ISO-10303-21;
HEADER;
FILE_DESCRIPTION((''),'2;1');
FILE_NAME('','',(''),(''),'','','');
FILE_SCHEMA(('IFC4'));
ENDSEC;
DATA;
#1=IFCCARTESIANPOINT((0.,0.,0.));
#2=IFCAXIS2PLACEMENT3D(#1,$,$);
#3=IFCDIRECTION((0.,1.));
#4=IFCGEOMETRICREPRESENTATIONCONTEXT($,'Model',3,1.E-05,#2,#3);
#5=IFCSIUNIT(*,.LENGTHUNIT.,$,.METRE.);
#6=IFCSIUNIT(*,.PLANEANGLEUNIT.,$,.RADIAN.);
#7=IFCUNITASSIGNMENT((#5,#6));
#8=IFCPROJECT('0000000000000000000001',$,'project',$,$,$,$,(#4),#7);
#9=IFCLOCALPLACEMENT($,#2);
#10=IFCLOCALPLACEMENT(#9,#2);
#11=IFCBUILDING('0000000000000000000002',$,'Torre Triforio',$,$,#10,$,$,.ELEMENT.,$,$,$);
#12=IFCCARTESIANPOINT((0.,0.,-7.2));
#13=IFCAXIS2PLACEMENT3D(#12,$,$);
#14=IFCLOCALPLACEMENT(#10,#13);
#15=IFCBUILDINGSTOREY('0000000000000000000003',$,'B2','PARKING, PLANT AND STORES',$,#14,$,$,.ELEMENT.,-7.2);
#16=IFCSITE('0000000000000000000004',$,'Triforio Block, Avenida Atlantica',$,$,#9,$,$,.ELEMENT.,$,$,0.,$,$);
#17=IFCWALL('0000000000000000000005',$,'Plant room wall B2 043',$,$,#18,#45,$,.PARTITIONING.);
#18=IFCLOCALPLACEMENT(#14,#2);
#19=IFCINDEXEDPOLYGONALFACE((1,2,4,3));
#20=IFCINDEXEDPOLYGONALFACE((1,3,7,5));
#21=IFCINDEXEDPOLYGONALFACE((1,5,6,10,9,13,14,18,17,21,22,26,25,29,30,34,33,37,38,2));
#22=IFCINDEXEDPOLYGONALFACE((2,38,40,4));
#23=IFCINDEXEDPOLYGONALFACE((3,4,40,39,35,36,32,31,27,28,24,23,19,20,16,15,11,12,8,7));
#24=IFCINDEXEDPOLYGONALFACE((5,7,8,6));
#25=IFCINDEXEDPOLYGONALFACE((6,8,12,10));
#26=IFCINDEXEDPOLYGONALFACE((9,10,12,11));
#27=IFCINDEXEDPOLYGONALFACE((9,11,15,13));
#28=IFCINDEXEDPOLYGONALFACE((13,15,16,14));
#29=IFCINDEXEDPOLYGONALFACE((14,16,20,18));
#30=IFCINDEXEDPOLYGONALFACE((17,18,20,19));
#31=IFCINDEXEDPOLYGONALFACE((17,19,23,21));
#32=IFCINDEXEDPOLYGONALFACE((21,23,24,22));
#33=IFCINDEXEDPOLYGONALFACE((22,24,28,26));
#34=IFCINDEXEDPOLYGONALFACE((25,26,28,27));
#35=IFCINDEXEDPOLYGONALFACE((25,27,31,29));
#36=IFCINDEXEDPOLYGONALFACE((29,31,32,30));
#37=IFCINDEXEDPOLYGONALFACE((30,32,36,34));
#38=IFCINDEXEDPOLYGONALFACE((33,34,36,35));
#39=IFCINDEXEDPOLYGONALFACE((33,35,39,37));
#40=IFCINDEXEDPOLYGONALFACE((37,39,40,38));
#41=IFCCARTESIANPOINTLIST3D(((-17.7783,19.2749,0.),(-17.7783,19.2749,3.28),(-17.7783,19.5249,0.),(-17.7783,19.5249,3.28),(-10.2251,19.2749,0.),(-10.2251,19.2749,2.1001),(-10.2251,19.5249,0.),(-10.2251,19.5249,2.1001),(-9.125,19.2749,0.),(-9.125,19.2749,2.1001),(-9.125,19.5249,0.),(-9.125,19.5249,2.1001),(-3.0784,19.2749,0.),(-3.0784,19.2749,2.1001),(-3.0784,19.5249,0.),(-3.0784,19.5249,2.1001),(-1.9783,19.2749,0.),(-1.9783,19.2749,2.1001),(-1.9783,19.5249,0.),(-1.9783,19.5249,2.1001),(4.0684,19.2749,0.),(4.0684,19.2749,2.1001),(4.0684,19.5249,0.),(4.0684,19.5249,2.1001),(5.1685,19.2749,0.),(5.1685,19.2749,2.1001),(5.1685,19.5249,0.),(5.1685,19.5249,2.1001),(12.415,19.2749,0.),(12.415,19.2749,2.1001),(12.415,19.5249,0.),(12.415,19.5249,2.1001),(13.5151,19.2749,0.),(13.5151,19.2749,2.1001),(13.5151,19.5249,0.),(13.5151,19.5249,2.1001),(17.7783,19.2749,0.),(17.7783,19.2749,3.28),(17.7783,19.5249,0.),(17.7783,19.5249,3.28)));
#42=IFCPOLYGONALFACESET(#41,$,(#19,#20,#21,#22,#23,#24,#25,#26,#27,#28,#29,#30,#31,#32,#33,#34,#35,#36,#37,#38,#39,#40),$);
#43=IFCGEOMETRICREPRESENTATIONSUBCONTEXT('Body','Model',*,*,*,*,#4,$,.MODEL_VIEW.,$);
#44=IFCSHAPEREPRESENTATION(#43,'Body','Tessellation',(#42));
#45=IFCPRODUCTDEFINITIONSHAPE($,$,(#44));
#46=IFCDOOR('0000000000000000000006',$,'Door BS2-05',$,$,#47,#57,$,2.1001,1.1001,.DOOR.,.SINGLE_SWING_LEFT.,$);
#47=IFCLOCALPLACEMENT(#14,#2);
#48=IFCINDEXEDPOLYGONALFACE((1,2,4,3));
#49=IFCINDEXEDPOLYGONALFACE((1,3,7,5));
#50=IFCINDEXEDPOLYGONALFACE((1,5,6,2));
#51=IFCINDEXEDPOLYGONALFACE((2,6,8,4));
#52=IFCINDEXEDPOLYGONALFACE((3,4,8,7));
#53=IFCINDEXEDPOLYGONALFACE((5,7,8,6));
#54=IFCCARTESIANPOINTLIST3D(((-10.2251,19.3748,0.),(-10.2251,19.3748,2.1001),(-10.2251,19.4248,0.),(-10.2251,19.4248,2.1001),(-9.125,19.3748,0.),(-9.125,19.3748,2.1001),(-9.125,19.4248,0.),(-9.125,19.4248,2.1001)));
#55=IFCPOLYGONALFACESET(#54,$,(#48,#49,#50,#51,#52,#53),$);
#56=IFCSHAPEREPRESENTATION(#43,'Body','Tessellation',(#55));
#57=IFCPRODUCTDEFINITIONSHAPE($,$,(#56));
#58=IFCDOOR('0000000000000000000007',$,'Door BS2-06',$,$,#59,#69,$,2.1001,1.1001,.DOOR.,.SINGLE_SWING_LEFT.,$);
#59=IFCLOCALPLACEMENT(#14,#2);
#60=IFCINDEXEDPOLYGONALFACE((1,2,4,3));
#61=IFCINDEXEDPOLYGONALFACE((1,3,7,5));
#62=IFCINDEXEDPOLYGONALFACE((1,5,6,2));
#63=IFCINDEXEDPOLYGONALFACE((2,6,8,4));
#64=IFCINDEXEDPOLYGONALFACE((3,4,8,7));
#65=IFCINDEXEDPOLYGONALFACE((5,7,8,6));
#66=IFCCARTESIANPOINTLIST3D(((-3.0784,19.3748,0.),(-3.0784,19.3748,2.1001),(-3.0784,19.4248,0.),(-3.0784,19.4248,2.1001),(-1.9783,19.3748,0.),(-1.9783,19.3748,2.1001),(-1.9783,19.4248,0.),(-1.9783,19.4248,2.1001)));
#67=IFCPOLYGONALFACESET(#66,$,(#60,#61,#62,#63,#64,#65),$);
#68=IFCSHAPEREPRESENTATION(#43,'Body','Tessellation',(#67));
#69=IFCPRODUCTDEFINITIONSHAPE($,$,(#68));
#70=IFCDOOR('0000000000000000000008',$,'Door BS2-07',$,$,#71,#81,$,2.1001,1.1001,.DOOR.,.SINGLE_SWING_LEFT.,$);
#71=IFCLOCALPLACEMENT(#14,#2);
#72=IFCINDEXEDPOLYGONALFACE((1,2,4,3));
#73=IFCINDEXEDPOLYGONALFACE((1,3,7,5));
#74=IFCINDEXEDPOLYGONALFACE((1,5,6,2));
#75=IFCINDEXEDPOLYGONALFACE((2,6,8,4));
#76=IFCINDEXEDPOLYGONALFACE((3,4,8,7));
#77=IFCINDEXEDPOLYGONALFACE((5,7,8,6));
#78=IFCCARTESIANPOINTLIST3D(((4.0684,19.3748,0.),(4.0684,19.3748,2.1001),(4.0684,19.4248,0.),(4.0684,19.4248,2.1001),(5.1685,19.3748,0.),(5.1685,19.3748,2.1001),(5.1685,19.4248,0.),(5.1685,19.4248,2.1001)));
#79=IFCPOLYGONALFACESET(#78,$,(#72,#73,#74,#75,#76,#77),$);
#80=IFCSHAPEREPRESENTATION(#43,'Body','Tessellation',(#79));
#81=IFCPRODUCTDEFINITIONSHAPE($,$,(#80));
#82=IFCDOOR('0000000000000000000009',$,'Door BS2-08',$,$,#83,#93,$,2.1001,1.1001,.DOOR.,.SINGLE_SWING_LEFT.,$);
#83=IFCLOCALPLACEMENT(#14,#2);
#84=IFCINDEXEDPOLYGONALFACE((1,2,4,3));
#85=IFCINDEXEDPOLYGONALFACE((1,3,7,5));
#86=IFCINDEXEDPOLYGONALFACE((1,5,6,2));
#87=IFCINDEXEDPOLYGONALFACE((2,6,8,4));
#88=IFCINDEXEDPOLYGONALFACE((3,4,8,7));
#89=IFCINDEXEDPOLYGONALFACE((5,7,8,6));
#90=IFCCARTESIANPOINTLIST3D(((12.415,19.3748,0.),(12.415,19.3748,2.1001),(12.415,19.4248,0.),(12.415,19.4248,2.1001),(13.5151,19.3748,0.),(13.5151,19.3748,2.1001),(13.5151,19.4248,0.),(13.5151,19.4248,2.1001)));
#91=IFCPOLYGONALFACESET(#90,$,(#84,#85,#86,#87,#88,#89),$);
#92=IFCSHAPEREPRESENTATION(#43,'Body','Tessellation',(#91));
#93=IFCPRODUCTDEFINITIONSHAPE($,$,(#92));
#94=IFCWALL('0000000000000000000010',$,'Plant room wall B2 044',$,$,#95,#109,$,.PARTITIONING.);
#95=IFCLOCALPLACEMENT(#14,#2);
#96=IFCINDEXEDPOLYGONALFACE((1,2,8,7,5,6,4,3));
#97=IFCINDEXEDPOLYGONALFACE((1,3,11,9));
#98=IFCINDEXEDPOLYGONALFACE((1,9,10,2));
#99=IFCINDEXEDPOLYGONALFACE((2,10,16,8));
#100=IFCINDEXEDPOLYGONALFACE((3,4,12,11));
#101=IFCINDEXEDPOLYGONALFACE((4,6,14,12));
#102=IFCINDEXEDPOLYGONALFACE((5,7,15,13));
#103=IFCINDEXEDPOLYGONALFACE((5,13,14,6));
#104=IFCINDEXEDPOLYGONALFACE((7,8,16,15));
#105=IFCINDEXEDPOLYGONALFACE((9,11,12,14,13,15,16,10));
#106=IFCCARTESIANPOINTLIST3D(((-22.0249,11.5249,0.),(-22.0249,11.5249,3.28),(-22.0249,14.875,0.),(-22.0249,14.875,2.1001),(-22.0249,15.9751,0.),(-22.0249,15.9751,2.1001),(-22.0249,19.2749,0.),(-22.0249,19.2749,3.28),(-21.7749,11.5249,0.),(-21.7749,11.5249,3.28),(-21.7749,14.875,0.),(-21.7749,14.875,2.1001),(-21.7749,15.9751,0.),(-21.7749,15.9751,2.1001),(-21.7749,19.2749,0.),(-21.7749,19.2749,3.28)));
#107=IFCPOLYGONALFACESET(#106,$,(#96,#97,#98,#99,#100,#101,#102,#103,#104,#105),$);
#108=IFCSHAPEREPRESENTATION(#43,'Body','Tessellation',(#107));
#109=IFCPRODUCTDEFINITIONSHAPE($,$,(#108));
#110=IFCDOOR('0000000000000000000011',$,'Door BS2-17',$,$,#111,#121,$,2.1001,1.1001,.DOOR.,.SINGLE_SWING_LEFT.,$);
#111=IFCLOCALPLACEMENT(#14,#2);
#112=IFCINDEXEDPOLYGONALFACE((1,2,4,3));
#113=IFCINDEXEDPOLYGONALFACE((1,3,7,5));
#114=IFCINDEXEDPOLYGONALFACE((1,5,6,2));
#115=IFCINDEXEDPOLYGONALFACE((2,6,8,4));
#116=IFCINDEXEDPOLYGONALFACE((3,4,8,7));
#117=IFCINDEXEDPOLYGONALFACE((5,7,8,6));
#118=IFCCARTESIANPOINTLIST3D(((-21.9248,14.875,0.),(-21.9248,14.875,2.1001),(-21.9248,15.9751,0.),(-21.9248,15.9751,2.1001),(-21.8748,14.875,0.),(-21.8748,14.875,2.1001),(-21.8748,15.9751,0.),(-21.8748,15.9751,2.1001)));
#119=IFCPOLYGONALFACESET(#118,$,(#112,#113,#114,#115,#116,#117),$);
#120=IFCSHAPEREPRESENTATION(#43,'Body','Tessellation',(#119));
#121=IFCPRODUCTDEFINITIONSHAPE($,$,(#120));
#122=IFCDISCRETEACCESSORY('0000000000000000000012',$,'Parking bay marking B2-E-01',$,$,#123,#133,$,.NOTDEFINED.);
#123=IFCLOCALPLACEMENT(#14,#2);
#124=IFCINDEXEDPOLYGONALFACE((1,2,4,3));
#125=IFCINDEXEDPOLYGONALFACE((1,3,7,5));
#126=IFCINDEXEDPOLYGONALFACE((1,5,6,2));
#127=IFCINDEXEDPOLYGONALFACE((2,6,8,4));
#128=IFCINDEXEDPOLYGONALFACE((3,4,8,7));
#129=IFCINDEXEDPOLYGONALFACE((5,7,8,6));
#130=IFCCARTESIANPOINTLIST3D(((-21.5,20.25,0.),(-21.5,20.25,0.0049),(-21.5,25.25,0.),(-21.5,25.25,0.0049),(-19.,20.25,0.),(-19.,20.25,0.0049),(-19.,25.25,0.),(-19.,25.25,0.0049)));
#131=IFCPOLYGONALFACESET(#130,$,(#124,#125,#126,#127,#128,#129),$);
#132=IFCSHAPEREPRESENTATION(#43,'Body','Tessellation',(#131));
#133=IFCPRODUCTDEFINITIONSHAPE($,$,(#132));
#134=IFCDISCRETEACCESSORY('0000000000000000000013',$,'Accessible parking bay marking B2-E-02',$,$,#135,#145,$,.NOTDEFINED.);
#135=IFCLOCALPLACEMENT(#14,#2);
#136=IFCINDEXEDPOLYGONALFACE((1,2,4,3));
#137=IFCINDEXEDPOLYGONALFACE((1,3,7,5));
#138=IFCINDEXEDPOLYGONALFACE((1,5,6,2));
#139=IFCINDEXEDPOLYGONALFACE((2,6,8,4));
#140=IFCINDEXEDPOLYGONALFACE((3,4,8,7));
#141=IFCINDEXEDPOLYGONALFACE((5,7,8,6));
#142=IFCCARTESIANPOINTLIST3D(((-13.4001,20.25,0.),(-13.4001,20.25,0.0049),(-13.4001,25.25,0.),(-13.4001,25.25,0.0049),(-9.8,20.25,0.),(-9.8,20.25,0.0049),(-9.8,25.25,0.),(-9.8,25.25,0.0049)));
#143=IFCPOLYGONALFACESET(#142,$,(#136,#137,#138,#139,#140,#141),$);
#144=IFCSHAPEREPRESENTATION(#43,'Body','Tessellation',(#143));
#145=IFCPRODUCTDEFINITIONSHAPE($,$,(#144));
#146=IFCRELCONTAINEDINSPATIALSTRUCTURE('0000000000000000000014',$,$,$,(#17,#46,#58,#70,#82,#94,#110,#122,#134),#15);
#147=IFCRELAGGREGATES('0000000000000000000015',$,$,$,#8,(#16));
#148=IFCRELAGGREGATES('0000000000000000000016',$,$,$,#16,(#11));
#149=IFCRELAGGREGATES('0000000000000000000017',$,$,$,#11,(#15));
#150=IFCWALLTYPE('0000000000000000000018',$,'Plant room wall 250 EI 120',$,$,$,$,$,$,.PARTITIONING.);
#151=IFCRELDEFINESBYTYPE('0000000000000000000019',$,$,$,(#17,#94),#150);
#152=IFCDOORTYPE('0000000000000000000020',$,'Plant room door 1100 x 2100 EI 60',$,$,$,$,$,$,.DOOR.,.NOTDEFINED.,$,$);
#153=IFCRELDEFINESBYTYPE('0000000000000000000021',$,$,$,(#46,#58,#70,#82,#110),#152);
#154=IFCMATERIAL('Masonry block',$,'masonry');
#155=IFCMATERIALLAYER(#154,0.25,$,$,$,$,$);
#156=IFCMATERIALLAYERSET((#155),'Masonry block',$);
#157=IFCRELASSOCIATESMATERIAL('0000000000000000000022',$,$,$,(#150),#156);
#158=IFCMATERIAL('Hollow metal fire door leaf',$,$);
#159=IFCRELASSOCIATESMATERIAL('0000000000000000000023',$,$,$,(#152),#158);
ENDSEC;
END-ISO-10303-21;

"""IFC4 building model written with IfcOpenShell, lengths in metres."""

from ifc_helpers import new_model, si_unit, direction, frame, frame_2d, origin, origin_2d, place, context, subcontext, project, spatial, rectangle, extrude, material, layer, layer_set, type_object, element, fill, save


model = new_model("IFC4")

# Units and contexts
model_context = context("Model", 3, precision=1e-05, world=origin(), true_north=direction((0.0, 1.0)))
body_context = subcontext(model_context, "Body", "Model", "MODEL_VIEW")
ifc_project = project(units=[si_unit("LENGTHUNIT", "METRE"), si_unit("PLANEANGLEUNIT", "RADIAN")], contexts=[model_context])

# Site, building, storey
site_placement = place(None, origin())
site = spatial("IfcSite", under=ifc_project, at=site_placement, Name="Triforio Block, Avenida Atlantica", CompositionType="ELEMENT", RefElevation=0.0)
building_placement = place(site_placement, origin())
building = spatial("IfcBuilding", under=site, at=building_placement, Name="Torre Triforio", CompositionType="ELEMENT")
storey_placement = place(building_placement, frame((0.0, 0.0, -7.2)))
storey = spatial("IfcBuildingStorey", under=building, at=storey_placement, Name="B2", Description="PARKING, PLANT AND STORES", CompositionType="ELEMENT", Elevation=-7.2)

# Shared definitions
ifc_material_1 = material(Name="Masonry block", Category="masonry")
ifc_layer_1 = layer(ifc_material_1, 0.25)
ifc_layer_set_1 = layer_set([ifc_layer_1], Name="Masonry block")
wall_type_1 = type_object("IfcWallType", Name="Plant room wall 250 EI 120", PredefinedType="PARTITIONING", material=ifc_layer_set_1)

# Wall, openings, doors
wall_1_placement = place(storey_placement, frame((-17.7783, 19.3999, 0.0), z_axis=(0.0, 0.0, 1.0), x_axis=(1.0, 0.0, 0.0)))
wall_1 = element("IfcWall", 1, at=wall_1_placement, inside=storey, type_object=wall_type_1, Name="Plant room wall B2 043", PredefinedType="PARTITIONING", context=body_context, shape_type="SweptSolid", body=[
    extrude(rectangle(XDim=35.5566, YDim=0.25, at=frame_2d((17.7783, 0.0))), origin(), (0.0, 0.0, 1.0), 3.28),
])
opening_1_placement = place(wall_1_placement, frame((7.5532, 0.0, 0.0)))
opening_1 = element("IfcOpeningElement", 2, at=opening_1_placement, cuts=wall_1, PredefinedType="OPENING", context=body_context, shape_type="SweptSolid", body=[
    extrude(rectangle(XDim=1.1001, YDim=2.1001, at=frame_2d((0.55, 1.05))), frame((0.0, 0.135, 0.0), z_axis=(0.0, -1.0, 0.0), x_axis=(1.0, 0.0, 0.0)), (0.0, 0.0, 1.0), 0.27),
])
opening_2_placement = place(wall_1_placement, frame((14.7, 0.0, 0.0)))
opening_2 = element("IfcOpeningElement", 3, at=opening_2_placement, cuts=wall_1, PredefinedType="OPENING", context=body_context, shape_type="SweptSolid", body=[
    extrude(rectangle(XDim=1.1001, YDim=2.1001, at=frame_2d((0.55, 1.05))), frame((0.0, 0.135, 0.0), z_axis=(0.0, -1.0, 0.0), x_axis=(1.0, 0.0, 0.0)), (0.0, 0.0, 1.0), 0.27),
])
opening_3_placement = place(wall_1_placement, frame((21.8467, 0.0, 0.0)))
opening_3 = element("IfcOpeningElement", 4, at=opening_3_placement, cuts=wall_1, PredefinedType="OPENING", context=body_context, shape_type="SweptSolid", body=[
    extrude(rectangle(XDim=1.1001, YDim=2.1001, at=frame_2d((0.55, 1.05))), frame((0.0, 0.135, 0.0), z_axis=(0.0, -1.0, 0.0), x_axis=(1.0, 0.0, 0.0)), (0.0, 0.0, 1.0), 0.27),
])
opening_4_placement = place(wall_1_placement, frame((30.1934, 0.0, 0.0)))
opening_4 = element("IfcOpeningElement", 5, at=opening_4_placement, cuts=wall_1, PredefinedType="OPENING", context=body_context, shape_type="SweptSolid", body=[
    extrude(rectangle(XDim=1.1001, YDim=2.1001, at=frame_2d((0.55, 1.05))), frame((0.0, 0.135, 0.0), z_axis=(0.0, -1.0, 0.0), x_axis=(1.0, 0.0, 0.0)), (0.0, 0.0, 1.0), 0.27),
])
ifc_material_2 = material(Name="Hollow metal fire door leaf")
door_type = type_object("IfcDoorType", Name="Plant room door 1100 x 2100 EI 60", OperationType="NOTDEFINED", PredefinedType="DOOR", material=ifc_material_2)
door_1_placement = place(opening_1_placement, origin())
door_1 = element("IfcDoor", 6, at=door_1_placement, inside=storey, type_object=door_type, Name="Door BS2-05", OperationType="SINGLE_SWING_LEFT", OverallHeight=2.1001, OverallWidth=1.1001, PredefinedType="DOOR", context=body_context, shape_type="SweptSolid", body=[
    extrude(rectangle(XDim=1.1001, YDim=2.1001, at=frame_2d((0.55, 1.05))), frame((0.0, 0.0249, 0.0), z_axis=(0.0, -1.0, 0.0), x_axis=(1.0, 0.0, 0.0)), (0.0, 0.0, 1.0), 0.05),
])
fill(opening_1, door_1)
door_2_placement = place(opening_2_placement, origin())
door_2 = element("IfcDoor", 7, at=door_2_placement, inside=storey, type_object=door_type, Name="Door BS2-06", OperationType="SINGLE_SWING_LEFT", OverallHeight=2.1001, OverallWidth=1.1001, PredefinedType="DOOR", context=body_context, shape_type="SweptSolid", body=[
    extrude(rectangle(XDim=1.1001, YDim=2.1001, at=frame_2d((0.55, 1.05))), frame((0.0, 0.0249, 0.0), z_axis=(0.0, -1.0, 0.0), x_axis=(1.0, 0.0, 0.0)), (0.0, 0.0, 1.0), 0.05),
])
fill(opening_2, door_2)
door_3_placement = place(opening_3_placement, origin())
door_3 = element("IfcDoor", 8, at=door_3_placement, inside=storey, type_object=door_type, Name="Door BS2-07", OperationType="SINGLE_SWING_LEFT", OverallHeight=2.1001, OverallWidth=1.1001, PredefinedType="DOOR", context=body_context, shape_type="SweptSolid", body=[
    extrude(rectangle(XDim=1.1001, YDim=2.1001, at=frame_2d((0.55, 1.05))), frame((0.0, 0.0249, 0.0), z_axis=(0.0, -1.0, 0.0), x_axis=(1.0, 0.0, 0.0)), (0.0, 0.0, 1.0), 0.05),
])
fill(opening_3, door_3)
door_4_placement = place(opening_4_placement, origin())
door_4 = element("IfcDoor", 9, at=door_4_placement, inside=storey, type_object=door_type, Name="Door BS2-08", OperationType="SINGLE_SWING_LEFT", OverallHeight=2.1001, OverallWidth=1.1001, PredefinedType="DOOR", context=body_context, shape_type="SweptSolid", body=[
    extrude(rectangle(XDim=1.1001, YDim=2.1001, at=frame_2d((0.55, 1.05))), frame((0.0, 0.0249, 0.0), z_axis=(0.0, -1.0, 0.0), x_axis=(1.0, 0.0, 0.0)), (0.0, 0.0, 1.0), 0.05),
])
fill(opening_4, door_4)

# Wall, opening, door
wall_2_placement = place(storey_placement, frame((-21.8999, 11.5249, 0.0), z_axis=(0.0, 0.0, 1.0), x_axis=(0.0, 1.0, 0.0)))
wall_2 = element("IfcWall", 10, at=wall_2_placement, inside=storey, type_object=wall_type_1, Name="Plant room wall B2 044", PredefinedType="PARTITIONING", context=body_context, shape_type="SweptSolid", body=[
    extrude(rectangle(XDim=7.75, YDim=0.25, at=frame_2d((3.875, 0.0))), origin(), (0.0, 0.0, 1.0), 3.28),
])
opening_5_placement = place(wall_2_placement, frame((3.3501, 0.0, 0.0)))
opening_5 = element("IfcOpeningElement", 11, at=opening_5_placement, cuts=wall_2, PredefinedType="OPENING", context=body_context, shape_type="SweptSolid", body=[
    extrude(rectangle(XDim=1.1001, YDim=2.1001, at=frame_2d((0.55, 1.05))), frame((0.0, 0.135, 0.0), z_axis=(0.0, -1.0, 0.0), x_axis=(1.0, 0.0, 0.0)), (0.0, 0.0, 1.0), 0.27),
])
door_5_placement = place(opening_5_placement, origin())
door_5 = element("IfcDoor", 12, at=door_5_placement, inside=storey, type_object=door_type, Name="Door BS2-17", OperationType="SINGLE_SWING_LEFT", OverallHeight=2.1001, OverallWidth=1.1001, PredefinedType="DOOR", context=body_context, shape_type="SweptSolid", body=[
    extrude(rectangle(XDim=1.1001, YDim=2.1001, at=frame_2d((0.55, 1.05))), frame((0.0, 0.0249, 0.0), z_axis=(0.0, -1.0, 0.0), x_axis=(1.0, 0.0, 0.0)), (0.0, 0.0, 1.0), 0.05),
])
fill(opening_5, door_5)

# Discrete accessories
discrete_accessory_1_placement = place(storey_placement, frame((-20.25, 22.75, 0.0), z_axis=(0.0, 0.0, 1.0), x_axis=(1.0, 0.0, 0.0)))
element("IfcDiscreteAccessory", 13, at=discrete_accessory_1_placement, inside=storey, Name="Parking bay marking B2-E-01", PredefinedType="NOTDEFINED", context=body_context, shape_type="SweptSolid", body=[
    extrude(rectangle(XDim=2.5, YDim=5.0, at=origin_2d()), origin(), (0.0, 0.0, 1.0), 0.0049),
])
discrete_accessory_2_placement = place(storey_placement, frame((-11.6001, 22.75, 0.0), z_axis=(0.0, 0.0, 1.0), x_axis=(1.0, 0.0, 0.0)))
element("IfcDiscreteAccessory", 14, at=discrete_accessory_2_placement, inside=storey, Name="Accessible parking bay marking B2-E-02", PredefinedType="NOTDEFINED", context=body_context, shape_type="SweptSolid", body=[
    extrude(rectangle(XDim=3.6001, YDim=5.0, at=origin_2d()), origin(), (0.0, 0.0, 1.0), 0.0049),
])

save(model, "model.ifc")
